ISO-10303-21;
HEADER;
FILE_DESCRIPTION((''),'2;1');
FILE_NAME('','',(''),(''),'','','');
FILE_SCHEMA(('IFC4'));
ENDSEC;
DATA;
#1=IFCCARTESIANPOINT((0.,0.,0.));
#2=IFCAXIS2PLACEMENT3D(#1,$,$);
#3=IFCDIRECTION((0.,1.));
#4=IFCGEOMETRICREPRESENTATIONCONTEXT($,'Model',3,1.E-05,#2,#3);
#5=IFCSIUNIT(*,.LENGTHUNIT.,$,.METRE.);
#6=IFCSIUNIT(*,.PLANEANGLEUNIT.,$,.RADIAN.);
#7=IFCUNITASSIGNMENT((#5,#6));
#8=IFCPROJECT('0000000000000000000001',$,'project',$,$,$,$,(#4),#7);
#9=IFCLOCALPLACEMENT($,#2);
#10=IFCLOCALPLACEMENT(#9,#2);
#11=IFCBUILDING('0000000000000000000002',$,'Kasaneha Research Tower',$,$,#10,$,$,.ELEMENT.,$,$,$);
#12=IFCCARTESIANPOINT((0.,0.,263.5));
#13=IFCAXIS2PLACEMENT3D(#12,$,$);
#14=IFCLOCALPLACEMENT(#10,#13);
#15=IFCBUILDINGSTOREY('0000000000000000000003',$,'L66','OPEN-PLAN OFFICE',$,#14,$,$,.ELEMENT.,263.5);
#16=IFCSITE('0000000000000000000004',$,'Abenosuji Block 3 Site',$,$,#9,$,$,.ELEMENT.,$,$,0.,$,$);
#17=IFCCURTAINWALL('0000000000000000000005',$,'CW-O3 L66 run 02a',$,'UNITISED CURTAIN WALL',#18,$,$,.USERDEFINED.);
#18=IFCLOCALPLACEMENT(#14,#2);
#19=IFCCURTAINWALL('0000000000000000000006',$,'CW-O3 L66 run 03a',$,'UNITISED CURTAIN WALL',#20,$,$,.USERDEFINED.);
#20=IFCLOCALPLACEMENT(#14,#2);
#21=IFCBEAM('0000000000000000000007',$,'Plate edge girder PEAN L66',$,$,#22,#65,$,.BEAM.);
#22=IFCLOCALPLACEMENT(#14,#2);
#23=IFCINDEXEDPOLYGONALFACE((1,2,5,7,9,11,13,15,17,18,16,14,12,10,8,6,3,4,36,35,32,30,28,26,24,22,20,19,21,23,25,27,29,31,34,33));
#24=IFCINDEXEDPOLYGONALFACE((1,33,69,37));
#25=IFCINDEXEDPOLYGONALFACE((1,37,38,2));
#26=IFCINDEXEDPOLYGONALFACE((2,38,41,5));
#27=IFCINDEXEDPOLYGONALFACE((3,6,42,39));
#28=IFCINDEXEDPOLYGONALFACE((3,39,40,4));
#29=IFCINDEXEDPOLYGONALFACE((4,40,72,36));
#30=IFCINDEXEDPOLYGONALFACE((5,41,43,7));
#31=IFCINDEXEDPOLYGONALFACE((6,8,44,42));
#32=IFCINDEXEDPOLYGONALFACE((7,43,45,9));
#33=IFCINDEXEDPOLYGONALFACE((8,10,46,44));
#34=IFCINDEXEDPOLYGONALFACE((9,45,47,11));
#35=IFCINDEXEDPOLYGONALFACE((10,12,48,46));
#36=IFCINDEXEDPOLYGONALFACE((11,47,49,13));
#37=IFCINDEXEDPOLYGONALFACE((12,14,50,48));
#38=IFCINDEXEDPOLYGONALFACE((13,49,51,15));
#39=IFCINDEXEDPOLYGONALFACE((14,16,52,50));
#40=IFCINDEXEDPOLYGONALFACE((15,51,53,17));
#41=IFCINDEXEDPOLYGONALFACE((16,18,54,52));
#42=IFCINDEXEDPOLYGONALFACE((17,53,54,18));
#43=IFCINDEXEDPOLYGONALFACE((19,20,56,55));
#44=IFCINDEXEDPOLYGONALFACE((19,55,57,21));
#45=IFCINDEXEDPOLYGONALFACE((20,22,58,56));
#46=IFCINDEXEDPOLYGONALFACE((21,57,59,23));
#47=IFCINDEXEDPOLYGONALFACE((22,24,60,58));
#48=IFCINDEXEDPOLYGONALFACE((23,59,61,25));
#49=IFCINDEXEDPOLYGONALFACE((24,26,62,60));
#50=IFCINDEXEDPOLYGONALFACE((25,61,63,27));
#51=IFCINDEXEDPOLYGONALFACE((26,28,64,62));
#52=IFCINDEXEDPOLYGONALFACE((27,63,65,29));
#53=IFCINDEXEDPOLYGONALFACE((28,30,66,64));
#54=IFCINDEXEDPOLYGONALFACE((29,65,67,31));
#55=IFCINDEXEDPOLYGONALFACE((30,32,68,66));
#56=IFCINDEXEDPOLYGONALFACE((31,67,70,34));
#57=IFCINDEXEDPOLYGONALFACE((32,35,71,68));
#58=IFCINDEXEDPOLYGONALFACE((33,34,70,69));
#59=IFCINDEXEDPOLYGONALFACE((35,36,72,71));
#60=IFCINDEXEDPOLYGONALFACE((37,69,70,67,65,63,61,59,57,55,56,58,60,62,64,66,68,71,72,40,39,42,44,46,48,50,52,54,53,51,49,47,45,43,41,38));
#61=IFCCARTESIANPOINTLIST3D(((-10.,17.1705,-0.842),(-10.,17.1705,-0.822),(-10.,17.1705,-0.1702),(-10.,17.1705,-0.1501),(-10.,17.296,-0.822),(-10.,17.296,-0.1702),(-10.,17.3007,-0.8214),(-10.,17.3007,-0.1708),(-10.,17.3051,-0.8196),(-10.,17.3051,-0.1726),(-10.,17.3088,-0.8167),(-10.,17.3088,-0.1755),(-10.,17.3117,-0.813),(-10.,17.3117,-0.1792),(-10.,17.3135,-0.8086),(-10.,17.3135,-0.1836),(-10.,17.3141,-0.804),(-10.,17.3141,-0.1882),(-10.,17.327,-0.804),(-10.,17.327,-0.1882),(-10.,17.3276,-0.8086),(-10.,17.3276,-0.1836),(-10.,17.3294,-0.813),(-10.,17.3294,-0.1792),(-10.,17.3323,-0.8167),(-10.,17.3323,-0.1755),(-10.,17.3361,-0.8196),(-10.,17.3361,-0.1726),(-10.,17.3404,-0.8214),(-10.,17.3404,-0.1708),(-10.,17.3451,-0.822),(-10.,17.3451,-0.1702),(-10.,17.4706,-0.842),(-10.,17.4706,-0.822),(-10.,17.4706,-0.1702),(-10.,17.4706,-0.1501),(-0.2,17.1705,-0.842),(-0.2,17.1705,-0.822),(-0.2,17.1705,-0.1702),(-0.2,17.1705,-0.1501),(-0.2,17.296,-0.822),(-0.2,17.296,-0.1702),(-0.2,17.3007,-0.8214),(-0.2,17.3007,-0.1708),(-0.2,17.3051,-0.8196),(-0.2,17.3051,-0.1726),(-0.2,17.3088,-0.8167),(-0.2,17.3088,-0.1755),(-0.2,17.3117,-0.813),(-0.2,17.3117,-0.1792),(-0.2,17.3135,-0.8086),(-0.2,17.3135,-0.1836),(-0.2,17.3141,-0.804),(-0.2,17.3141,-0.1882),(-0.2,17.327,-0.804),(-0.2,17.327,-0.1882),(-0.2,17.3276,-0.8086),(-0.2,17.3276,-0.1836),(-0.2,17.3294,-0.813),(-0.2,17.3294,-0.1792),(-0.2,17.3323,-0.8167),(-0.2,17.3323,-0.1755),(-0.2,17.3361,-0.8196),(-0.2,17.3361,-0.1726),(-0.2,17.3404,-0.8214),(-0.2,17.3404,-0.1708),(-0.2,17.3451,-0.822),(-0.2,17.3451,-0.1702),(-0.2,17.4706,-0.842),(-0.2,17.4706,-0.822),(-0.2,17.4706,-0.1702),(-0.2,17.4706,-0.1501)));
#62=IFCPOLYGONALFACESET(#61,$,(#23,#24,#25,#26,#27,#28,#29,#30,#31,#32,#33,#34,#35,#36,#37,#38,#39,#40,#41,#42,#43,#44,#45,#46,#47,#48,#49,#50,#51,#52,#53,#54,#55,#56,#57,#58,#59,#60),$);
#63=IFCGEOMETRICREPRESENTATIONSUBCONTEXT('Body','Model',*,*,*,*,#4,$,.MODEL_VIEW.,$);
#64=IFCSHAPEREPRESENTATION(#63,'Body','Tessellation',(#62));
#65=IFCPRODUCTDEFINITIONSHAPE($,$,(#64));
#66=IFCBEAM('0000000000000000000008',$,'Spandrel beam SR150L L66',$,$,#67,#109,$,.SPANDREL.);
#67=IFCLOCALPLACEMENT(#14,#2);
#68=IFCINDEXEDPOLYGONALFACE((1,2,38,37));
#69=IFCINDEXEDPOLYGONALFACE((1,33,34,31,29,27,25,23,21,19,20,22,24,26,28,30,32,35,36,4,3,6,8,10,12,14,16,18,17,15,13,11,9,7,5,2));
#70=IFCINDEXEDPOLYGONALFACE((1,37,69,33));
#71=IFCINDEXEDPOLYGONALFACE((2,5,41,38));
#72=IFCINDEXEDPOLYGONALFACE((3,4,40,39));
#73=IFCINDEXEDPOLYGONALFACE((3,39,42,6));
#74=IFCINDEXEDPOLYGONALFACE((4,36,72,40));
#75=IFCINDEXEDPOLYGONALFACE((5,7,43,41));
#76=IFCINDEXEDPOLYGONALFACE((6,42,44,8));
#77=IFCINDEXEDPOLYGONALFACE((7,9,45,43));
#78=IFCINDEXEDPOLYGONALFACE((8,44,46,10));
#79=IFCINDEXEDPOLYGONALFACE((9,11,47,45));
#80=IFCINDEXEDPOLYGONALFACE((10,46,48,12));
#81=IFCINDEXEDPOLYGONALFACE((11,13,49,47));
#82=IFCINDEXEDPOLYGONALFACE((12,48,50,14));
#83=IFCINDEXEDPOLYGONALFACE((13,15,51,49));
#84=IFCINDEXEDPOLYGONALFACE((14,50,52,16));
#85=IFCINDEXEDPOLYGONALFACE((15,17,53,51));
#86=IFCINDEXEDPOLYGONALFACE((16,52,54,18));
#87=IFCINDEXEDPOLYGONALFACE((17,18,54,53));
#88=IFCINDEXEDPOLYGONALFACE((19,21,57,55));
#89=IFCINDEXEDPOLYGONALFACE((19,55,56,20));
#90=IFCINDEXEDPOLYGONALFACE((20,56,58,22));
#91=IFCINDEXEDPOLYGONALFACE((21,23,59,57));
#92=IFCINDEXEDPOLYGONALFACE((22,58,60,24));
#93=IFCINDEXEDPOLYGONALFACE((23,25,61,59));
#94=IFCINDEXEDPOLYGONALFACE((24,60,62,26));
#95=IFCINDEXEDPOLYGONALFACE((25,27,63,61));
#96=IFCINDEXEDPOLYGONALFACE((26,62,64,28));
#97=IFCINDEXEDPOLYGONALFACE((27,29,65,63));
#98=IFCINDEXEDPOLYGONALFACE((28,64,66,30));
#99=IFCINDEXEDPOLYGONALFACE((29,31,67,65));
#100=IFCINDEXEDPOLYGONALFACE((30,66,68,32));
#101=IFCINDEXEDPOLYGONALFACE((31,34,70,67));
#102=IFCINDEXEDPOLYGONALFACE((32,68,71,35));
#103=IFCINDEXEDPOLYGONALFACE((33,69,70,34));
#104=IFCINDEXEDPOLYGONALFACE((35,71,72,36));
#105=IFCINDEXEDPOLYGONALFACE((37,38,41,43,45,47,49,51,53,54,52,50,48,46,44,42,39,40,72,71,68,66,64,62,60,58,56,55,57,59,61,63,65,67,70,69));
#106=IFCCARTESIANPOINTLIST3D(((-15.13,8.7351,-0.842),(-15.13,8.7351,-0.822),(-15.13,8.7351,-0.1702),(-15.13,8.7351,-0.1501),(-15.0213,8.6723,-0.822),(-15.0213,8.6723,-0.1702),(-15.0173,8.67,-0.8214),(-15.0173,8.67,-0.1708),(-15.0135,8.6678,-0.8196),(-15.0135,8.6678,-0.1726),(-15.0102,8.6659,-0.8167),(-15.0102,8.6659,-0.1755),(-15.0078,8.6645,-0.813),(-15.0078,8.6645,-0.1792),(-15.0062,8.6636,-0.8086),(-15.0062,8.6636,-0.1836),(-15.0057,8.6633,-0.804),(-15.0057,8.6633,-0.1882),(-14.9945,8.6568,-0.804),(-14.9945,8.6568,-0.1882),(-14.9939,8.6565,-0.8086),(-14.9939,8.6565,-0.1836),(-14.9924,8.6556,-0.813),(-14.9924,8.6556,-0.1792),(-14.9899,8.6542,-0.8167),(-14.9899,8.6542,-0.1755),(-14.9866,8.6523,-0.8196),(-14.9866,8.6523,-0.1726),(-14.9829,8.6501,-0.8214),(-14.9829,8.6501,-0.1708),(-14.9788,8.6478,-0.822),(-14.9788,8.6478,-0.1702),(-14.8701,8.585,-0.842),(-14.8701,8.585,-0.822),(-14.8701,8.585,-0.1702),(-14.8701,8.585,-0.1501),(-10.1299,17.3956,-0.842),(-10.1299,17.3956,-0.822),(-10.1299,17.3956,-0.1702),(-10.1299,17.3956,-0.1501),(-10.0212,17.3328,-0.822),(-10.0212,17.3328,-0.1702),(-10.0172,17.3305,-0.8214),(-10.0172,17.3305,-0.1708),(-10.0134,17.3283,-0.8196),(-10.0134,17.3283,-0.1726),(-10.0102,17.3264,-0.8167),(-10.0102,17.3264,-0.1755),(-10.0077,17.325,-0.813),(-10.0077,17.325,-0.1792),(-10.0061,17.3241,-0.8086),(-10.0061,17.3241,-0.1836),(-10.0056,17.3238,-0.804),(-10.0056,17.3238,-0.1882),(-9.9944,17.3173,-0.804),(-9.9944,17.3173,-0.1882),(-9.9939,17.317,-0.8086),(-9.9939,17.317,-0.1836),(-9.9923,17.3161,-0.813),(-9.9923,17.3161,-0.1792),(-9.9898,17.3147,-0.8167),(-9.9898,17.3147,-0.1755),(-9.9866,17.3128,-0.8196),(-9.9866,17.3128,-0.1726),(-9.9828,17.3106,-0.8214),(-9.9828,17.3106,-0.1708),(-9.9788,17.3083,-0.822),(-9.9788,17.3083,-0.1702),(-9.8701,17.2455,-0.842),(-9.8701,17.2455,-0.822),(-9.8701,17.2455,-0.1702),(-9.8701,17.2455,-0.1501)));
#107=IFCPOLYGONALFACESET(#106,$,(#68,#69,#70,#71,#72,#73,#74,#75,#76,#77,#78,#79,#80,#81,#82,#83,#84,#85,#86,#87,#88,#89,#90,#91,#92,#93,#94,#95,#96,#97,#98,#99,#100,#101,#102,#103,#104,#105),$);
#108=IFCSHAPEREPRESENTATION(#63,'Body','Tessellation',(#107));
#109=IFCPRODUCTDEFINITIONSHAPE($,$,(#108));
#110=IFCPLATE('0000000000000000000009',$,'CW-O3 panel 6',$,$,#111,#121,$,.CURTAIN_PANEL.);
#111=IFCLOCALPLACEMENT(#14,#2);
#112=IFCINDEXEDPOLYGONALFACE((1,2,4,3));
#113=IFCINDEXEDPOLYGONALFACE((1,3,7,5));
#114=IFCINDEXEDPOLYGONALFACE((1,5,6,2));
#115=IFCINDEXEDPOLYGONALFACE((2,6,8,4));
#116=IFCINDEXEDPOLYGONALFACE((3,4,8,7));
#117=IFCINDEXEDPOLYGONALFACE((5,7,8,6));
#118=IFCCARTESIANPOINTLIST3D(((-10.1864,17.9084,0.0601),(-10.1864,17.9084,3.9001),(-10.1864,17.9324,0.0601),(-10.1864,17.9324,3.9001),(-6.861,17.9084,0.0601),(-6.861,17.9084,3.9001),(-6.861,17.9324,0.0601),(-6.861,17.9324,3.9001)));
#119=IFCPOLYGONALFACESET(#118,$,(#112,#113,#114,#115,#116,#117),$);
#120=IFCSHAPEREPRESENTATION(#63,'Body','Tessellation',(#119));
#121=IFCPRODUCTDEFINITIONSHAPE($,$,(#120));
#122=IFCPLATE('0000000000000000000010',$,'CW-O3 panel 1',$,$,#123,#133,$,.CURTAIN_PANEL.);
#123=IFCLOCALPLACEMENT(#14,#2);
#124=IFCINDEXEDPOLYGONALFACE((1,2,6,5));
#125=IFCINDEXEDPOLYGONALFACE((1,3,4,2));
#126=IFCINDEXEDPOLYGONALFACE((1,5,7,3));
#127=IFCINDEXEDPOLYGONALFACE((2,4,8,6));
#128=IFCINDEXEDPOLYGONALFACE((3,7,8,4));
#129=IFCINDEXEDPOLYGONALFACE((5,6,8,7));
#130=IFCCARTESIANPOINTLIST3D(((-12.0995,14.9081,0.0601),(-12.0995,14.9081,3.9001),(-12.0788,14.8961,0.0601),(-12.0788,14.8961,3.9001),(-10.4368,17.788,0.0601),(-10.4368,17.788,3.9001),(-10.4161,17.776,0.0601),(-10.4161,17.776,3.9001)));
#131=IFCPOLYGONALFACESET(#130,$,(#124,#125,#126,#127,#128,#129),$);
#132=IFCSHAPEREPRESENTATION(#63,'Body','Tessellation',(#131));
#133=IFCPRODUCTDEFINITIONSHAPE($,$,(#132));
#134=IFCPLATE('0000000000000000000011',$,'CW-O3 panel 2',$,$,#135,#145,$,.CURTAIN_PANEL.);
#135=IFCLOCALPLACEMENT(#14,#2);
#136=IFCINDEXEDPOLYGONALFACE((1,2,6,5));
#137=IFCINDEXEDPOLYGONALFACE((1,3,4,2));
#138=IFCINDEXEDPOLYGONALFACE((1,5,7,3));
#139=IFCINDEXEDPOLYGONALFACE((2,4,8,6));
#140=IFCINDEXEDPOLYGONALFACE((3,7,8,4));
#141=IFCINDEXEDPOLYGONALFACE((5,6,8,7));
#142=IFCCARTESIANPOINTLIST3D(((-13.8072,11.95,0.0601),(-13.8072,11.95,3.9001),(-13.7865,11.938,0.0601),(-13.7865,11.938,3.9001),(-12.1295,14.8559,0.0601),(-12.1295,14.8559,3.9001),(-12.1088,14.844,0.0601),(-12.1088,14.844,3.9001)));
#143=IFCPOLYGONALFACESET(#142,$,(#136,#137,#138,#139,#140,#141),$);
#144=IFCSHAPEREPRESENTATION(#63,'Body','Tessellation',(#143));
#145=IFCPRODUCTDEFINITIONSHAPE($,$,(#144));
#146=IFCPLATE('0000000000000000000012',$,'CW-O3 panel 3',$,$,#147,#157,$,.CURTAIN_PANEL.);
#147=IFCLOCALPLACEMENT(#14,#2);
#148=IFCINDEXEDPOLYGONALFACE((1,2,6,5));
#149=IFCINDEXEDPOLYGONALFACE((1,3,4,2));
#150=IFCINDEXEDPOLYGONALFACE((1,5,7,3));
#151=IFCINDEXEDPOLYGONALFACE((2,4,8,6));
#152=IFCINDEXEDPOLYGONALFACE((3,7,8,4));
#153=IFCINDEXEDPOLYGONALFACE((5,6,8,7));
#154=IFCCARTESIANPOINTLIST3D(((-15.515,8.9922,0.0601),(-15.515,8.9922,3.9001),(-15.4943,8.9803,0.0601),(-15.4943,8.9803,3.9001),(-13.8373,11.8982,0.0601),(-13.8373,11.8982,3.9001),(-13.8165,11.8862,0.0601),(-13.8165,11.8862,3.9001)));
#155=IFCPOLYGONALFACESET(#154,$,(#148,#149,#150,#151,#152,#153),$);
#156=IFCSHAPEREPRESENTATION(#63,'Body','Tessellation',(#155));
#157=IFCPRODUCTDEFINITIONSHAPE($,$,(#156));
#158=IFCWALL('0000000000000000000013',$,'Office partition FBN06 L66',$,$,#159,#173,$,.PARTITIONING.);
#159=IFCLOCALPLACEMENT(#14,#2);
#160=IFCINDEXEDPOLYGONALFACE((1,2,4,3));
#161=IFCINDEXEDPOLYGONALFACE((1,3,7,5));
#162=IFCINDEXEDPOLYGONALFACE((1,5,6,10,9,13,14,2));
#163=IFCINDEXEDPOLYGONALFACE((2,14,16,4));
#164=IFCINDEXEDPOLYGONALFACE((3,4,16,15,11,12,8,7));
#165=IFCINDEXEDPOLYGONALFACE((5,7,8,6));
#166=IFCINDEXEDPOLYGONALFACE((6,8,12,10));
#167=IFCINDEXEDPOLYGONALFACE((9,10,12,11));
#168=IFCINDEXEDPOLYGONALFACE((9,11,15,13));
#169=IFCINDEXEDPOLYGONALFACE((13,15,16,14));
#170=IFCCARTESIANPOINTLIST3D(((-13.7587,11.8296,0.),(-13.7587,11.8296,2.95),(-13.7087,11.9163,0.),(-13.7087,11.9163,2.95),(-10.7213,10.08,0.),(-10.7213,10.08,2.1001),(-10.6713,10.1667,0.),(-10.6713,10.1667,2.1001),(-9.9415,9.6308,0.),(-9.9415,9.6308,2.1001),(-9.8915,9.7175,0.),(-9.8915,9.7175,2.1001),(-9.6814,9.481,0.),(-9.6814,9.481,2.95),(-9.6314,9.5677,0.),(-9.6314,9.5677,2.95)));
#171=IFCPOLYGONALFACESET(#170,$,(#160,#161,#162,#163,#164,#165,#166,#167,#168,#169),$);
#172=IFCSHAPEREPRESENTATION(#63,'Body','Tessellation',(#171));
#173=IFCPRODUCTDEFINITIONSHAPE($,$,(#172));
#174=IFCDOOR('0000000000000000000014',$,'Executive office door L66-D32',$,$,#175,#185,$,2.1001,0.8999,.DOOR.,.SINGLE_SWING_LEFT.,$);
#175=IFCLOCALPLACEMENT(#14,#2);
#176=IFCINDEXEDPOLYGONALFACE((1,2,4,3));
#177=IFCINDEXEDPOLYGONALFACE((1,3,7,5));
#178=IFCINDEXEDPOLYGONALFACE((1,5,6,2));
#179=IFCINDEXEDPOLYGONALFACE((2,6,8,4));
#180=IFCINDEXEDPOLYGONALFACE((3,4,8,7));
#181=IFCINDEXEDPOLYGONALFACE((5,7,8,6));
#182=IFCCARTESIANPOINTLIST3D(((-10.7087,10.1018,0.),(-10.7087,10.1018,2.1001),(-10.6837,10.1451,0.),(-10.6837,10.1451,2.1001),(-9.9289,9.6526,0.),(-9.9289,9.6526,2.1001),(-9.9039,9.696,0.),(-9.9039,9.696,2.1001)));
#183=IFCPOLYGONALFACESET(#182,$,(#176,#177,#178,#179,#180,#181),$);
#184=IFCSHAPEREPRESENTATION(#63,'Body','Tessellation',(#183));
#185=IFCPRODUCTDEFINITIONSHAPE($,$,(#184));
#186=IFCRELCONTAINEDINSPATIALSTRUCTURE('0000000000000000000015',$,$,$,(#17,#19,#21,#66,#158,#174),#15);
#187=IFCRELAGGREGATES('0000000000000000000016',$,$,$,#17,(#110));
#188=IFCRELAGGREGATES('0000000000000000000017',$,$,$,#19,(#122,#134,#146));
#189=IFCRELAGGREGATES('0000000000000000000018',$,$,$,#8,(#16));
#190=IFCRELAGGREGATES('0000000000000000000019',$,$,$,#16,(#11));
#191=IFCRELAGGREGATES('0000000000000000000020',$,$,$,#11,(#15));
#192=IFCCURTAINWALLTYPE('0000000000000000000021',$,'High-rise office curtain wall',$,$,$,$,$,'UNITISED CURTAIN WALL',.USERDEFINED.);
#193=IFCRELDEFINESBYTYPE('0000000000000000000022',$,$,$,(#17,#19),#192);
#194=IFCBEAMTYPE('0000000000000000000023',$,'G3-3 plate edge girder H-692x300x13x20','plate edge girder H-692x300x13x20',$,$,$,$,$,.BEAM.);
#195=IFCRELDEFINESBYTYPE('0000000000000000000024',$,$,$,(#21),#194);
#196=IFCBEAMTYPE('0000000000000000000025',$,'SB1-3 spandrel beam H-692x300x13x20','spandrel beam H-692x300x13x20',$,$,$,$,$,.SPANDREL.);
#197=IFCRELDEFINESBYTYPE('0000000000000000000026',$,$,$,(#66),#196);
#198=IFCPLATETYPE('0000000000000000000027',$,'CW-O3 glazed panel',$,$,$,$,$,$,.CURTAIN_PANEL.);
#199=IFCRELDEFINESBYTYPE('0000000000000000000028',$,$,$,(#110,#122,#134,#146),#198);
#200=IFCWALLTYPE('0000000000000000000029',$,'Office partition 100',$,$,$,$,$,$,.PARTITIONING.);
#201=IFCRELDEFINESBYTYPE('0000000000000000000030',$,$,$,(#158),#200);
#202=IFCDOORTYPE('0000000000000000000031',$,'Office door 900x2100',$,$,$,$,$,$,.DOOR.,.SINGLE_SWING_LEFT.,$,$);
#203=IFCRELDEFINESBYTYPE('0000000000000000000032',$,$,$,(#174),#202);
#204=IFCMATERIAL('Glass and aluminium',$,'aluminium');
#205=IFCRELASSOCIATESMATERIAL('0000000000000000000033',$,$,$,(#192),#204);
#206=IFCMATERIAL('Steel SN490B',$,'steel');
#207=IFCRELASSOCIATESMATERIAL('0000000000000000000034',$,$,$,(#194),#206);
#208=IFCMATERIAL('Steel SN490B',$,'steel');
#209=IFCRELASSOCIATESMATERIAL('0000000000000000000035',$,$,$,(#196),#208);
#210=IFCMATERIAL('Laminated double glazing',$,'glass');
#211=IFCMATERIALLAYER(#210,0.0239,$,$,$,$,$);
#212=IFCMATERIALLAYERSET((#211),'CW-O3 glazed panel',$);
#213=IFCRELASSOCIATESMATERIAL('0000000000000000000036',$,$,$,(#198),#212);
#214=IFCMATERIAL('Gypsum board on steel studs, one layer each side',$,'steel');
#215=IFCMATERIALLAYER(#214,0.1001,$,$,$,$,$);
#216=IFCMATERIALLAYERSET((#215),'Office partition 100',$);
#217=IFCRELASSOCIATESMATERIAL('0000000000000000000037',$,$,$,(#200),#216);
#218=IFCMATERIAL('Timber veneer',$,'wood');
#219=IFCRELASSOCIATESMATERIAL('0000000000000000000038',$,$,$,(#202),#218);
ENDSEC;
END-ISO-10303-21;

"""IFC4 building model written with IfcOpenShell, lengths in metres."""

from ifc_helpers import new_model, si_unit, direction, frame, frame_2d, origin, origin_2d, place, context, subcontext, project, spatial, rectangle, i_section, extrude, material, layer, layer_set, material_profile, profile_set, type_object, element, fill, aggregate, save


model = new_model("IFC4")

# Units and contexts
model_context = context("Model", 3, precision=1e-05, world=origin(), true_north=direction((0.0, 1.0)))
body_context = subcontext(model_context, "Body", "Model", "MODEL_VIEW")
ifc_project = project(units=[si_unit("LENGTHUNIT", "METRE"), si_unit("PLANEANGLEUNIT", "RADIAN")], contexts=[model_context])

# Site, building, storey
site_placement = place(None, origin())
site = spatial("IfcSite", under=ifc_project, at=site_placement, Name="Abenosuji Block 3 Site", CompositionType="ELEMENT", RefElevation=0.0)
building_placement = place(site_placement, origin())
building = spatial("IfcBuilding", under=site, at=building_placement, Name="Kasaneha Research Tower", CompositionType="ELEMENT")
storey_placement = place(building_placement, frame((0.0, 0.0, 263.5)))
storey = spatial("IfcBuildingStorey", under=building, at=storey_placement, Name="L66", Description="OPEN-PLAN OFFICE", CompositionType="ELEMENT", Elevation=263.5)

# Curtain walls
ifc_material_1 = material(Name="Glass and aluminium", Category="aluminium")
curtain_wall_type = type_object("IfcCurtainWallType", Name="High-rise office curtain wall", ElementType="UNITISED CURTAIN WALL", PredefinedType="USERDEFINED", material=ifc_material_1)
curtain_wall_1_placement = place(storey_placement, origin())
curtain_wall_1 = element("IfcCurtainWall", 1, at=curtain_wall_1_placement, inside=storey, type_object=curtain_wall_type, Name="CW-O3 L66 run 02a", ObjectType="UNITISED CURTAIN WALL", PredefinedType="USERDEFINED")
curtain_wall_2_placement = place(storey_placement, origin())
curtain_wall_2 = element("IfcCurtainWall", 2, at=curtain_wall_2_placement, inside=storey, type_object=curtain_wall_type, Name="CW-O3 L66 run 03a", ObjectType="UNITISED CURTAIN WALL", PredefinedType="USERDEFINED")

# Beams
ifc_material_2 = material(Name="Steel SN490B", Category="steel")
ifc_material_profile_1 = material_profile(ifc_material_2, i_section(OverallWidth=0.3, OverallDepth=0.6919, WebThickness=0.0129, FlangeThickness=0.02, FilletRadius=0.0181, at=origin_2d()), Name="H-692x300x13x20")
ifc_profile_set_1 = profile_set([ifc_material_profile_1], Name="Steel SN490B")
beam_type_1 = type_object("IfcBeamType", Name="G3-3 plate edge girder H-692x300x13x20", Description="plate edge girder H-692x300x13x20", PredefinedType="BEAM", material=ifc_profile_set_1)
beam_1_placement = place(storey_placement, frame((-10.0, 17.3206, -0.4961), z_axis=(1.0, 0.0, 0.0), x_axis=(0.0, 1.0, 0.0)))
element("IfcBeam", 3, at=beam_1_placement, inside=storey, type_object=beam_type_1, Name="Plate edge girder PEAN L66", PredefinedType="BEAM", context=body_context, shape_type="SweptSolid", body=[
    extrude(i_section(OverallWidth=0.3, OverallDepth=0.6919, WebThickness=0.0129, FlangeThickness=0.02, FilletRadius=0.0181, at=origin_2d()), origin(), (0.0, 0.0, 1.0), 9.8),
])
ifc_material_3 = material(Name="Steel SN490B", Category="steel")
ifc_material_profile_2 = material_profile(ifc_material_3, i_section(OverallWidth=0.3, OverallDepth=0.6919, WebThickness=0.0129, FlangeThickness=0.02, FilletRadius=0.0181, at=origin_2d()), Name="H-692x300x13x20")
ifc_profile_set_2 = profile_set([ifc_material_profile_2], Name="Steel SN490B")
beam_type_2 = type_object("IfcBeamType", Name="SB1-3 spandrel beam H-692x300x13x20", Description="spandrel beam H-692x300x13x20", PredefinedType="SPANDREL", material=ifc_profile_set_2)
beam_2_placement = place(storey_placement, frame((-10.0, 17.3206, -0.4961), z_axis=(-0.499994, -0.866029, 0.0), x_axis=(0.866029, -0.499994, 0.0)))
element("IfcBeam", 4, at=beam_2_placement, inside=storey, type_object=beam_type_2, Name="Spandrel beam SR150L L66", PredefinedType="SPANDREL", context=body_context, shape_type="SweptSolid", body=[
    extrude(i_section(OverallWidth=0.3, OverallDepth=0.6919, WebThickness=0.0129, FlangeThickness=0.02, FilletRadius=0.0181, at=origin_2d()), origin(), (0.0, 0.0, 1.0), 10.0002),
])

# Plates
ifc_material_4 = material(Name="Laminated double glazing", Category="glass")
ifc_layer_1 = layer(ifc_material_4, 0.0239)
ifc_layer_set_1 = layer_set([ifc_layer_1], Name="CW-O3 glazed panel")
plate_type = type_object("IfcPlateType", Name="CW-O3 glazed panel", PredefinedType="CURTAIN_PANEL", material=ifc_layer_set_1)
plate_1_placement = place(storey_placement, frame((-8.5237, 17.9204, 0.0601), z_axis=(0.0, 0.0, 1.0), x_axis=(-1.0, 0.0, 0.0)))
plate_1 = element("IfcPlate", 5, at=plate_1_placement, type_object=plate_type, Name="CW-O3 panel 6", PredefinedType="CURTAIN_PANEL", context=body_context, shape_type="SweptSolid", body=[
    extrude(rectangle(XDim=3.3254, YDim=0.0239, at=origin_2d()), origin(), (0.0, 0.0, 1.0), 3.8401),
])
aggregate(curtain_wall_1, [plate_1])
plate_2_placement = place(storey_placement, frame((-11.2578, 16.342, 0.0601), z_axis=(0.0, 0.0, 1.0), x_axis=(-0.5, -0.866025, 0.0)))
plate_2 = element("IfcPlate", 6, at=plate_2_placement, type_object=plate_type, Name="CW-O3 panel 1", PredefinedType="CURTAIN_PANEL", context=body_context, shape_type="SweptSolid", body=[
    extrude(rectangle(XDim=3.3254, YDim=0.0239, at=origin_2d()), origin(), (0.0, 0.0, 1.0), 3.8401),
])
plate_3_placement = place(storey_placement, frame((-12.958, 13.397, 0.0601), z_axis=(0.0, 0.0, 1.0), x_axis=(-0.5, -0.866025, 0.0)))
plate_3 = element("IfcPlate", 7, at=plate_3_placement, type_object=plate_type, Name="CW-O3 panel 2", PredefinedType="CURTAIN_PANEL", context=body_context, shape_type="SweptSolid", body=[
    extrude(rectangle(XDim=3.3555, YDim=0.0239, at=origin_2d()), origin(), (0.0, 0.0, 1.0), 3.8401),
])
plate_4_placement = place(storey_placement, frame((-14.6658, 10.4392, 0.0601), z_axis=(0.0, 0.0, 1.0), x_axis=(-0.5, -0.866025, 0.0)))
plate_4 = element("IfcPlate", 8, at=plate_4_placement, type_object=plate_type, Name="CW-O3 panel 3", PredefinedType="CURTAIN_PANEL", context=body_context, shape_type="SweptSolid", body=[
    extrude(rectangle(XDim=3.3555, YDim=0.0239, at=origin_2d()), origin(), (0.0, 0.0, 1.0), 3.8401),
])
aggregate(curtain_wall_2, [plate_2, plate_3, plate_4])

# Wall, opening, door
ifc_material_5 = material(Name="Gypsum board on steel studs, one layer each side", Category="steel")
ifc_layer_2 = layer(ifc_material_5, 0.1001)
ifc_layer_set_2 = layer_set([ifc_layer_2], Name="Office partition 100")
wall_type_1 = type_object("IfcWallType", Name="Office partition 100", PredefinedType="PARTITIONING", material=ifc_layer_set_2)
wall_1_placement = place(storey_placement, frame((-9.6565, 9.5244, 0.0), z_axis=(0.0, 0.0, 1.0), x_axis=(-0.866527, 0.499131, 0.0)))
wall_1 = element("IfcWall", 9, at=wall_1_placement, inside=storey, type_object=wall_type_1, Name="Office partition FBN06 L66", PredefinedType="PARTITIONING", context=body_context, shape_type="SweptSolid", body=[
    extrude(rectangle(XDim=4.7053, YDim=0.1001, at=frame_2d((2.3525, 0.0))), origin(), (0.0, 0.0, 1.0), 2.95),
])
opening_1_placement = place(wall_1_placement, frame((0.3, 0.0, 0.0)))
opening_1 = element("IfcOpeningElement", 10, at=opening_1_placement, cuts=wall_1, PredefinedType="OPENING", context=body_context, shape_type="SweptSolid", body=[
    extrude(rectangle(XDim=0.8999, YDim=2.1001, at=frame_2d((0.45, 1.05))), frame((0.0, 0.0601, 0.0), z_axis=(0.0, -1.0, 0.0), x_axis=(1.0, 0.0, 0.0)), (0.0, 0.0, 1.0), 0.1201),
])
ifc_material_6 = material(Name="Timber veneer", Category="wood")
door_type_1 = type_object("IfcDoorType", Name="Office door 900x2100", OperationType="SINGLE_SWING_LEFT", PredefinedType="DOOR", material=ifc_material_6)
door_1_placement = place(opening_1_placement, origin())
door_1 = element("IfcDoor", 11, at=door_1_placement, inside=storey, type_object=door_type_1, Name="Executive office door L66-D32", OperationType="SINGLE_SWING_LEFT", OverallHeight=2.1001, OverallWidth=0.8999, PredefinedType="DOOR", context=body_context, shape_type="SweptSolid", body=[
    extrude(rectangle(XDim=0.8999, YDim=2.1001, at=frame_2d((0.45, 1.05))), frame((0.0, 0.0249, 0.0), z_axis=(0.0, -1.0, 0.0), x_axis=(1.0, 0.0, 0.0)), (0.0, 0.0, 1.0), 0.05),
])
fill(opening_1, door_1)

save(model, "model.ifc")
